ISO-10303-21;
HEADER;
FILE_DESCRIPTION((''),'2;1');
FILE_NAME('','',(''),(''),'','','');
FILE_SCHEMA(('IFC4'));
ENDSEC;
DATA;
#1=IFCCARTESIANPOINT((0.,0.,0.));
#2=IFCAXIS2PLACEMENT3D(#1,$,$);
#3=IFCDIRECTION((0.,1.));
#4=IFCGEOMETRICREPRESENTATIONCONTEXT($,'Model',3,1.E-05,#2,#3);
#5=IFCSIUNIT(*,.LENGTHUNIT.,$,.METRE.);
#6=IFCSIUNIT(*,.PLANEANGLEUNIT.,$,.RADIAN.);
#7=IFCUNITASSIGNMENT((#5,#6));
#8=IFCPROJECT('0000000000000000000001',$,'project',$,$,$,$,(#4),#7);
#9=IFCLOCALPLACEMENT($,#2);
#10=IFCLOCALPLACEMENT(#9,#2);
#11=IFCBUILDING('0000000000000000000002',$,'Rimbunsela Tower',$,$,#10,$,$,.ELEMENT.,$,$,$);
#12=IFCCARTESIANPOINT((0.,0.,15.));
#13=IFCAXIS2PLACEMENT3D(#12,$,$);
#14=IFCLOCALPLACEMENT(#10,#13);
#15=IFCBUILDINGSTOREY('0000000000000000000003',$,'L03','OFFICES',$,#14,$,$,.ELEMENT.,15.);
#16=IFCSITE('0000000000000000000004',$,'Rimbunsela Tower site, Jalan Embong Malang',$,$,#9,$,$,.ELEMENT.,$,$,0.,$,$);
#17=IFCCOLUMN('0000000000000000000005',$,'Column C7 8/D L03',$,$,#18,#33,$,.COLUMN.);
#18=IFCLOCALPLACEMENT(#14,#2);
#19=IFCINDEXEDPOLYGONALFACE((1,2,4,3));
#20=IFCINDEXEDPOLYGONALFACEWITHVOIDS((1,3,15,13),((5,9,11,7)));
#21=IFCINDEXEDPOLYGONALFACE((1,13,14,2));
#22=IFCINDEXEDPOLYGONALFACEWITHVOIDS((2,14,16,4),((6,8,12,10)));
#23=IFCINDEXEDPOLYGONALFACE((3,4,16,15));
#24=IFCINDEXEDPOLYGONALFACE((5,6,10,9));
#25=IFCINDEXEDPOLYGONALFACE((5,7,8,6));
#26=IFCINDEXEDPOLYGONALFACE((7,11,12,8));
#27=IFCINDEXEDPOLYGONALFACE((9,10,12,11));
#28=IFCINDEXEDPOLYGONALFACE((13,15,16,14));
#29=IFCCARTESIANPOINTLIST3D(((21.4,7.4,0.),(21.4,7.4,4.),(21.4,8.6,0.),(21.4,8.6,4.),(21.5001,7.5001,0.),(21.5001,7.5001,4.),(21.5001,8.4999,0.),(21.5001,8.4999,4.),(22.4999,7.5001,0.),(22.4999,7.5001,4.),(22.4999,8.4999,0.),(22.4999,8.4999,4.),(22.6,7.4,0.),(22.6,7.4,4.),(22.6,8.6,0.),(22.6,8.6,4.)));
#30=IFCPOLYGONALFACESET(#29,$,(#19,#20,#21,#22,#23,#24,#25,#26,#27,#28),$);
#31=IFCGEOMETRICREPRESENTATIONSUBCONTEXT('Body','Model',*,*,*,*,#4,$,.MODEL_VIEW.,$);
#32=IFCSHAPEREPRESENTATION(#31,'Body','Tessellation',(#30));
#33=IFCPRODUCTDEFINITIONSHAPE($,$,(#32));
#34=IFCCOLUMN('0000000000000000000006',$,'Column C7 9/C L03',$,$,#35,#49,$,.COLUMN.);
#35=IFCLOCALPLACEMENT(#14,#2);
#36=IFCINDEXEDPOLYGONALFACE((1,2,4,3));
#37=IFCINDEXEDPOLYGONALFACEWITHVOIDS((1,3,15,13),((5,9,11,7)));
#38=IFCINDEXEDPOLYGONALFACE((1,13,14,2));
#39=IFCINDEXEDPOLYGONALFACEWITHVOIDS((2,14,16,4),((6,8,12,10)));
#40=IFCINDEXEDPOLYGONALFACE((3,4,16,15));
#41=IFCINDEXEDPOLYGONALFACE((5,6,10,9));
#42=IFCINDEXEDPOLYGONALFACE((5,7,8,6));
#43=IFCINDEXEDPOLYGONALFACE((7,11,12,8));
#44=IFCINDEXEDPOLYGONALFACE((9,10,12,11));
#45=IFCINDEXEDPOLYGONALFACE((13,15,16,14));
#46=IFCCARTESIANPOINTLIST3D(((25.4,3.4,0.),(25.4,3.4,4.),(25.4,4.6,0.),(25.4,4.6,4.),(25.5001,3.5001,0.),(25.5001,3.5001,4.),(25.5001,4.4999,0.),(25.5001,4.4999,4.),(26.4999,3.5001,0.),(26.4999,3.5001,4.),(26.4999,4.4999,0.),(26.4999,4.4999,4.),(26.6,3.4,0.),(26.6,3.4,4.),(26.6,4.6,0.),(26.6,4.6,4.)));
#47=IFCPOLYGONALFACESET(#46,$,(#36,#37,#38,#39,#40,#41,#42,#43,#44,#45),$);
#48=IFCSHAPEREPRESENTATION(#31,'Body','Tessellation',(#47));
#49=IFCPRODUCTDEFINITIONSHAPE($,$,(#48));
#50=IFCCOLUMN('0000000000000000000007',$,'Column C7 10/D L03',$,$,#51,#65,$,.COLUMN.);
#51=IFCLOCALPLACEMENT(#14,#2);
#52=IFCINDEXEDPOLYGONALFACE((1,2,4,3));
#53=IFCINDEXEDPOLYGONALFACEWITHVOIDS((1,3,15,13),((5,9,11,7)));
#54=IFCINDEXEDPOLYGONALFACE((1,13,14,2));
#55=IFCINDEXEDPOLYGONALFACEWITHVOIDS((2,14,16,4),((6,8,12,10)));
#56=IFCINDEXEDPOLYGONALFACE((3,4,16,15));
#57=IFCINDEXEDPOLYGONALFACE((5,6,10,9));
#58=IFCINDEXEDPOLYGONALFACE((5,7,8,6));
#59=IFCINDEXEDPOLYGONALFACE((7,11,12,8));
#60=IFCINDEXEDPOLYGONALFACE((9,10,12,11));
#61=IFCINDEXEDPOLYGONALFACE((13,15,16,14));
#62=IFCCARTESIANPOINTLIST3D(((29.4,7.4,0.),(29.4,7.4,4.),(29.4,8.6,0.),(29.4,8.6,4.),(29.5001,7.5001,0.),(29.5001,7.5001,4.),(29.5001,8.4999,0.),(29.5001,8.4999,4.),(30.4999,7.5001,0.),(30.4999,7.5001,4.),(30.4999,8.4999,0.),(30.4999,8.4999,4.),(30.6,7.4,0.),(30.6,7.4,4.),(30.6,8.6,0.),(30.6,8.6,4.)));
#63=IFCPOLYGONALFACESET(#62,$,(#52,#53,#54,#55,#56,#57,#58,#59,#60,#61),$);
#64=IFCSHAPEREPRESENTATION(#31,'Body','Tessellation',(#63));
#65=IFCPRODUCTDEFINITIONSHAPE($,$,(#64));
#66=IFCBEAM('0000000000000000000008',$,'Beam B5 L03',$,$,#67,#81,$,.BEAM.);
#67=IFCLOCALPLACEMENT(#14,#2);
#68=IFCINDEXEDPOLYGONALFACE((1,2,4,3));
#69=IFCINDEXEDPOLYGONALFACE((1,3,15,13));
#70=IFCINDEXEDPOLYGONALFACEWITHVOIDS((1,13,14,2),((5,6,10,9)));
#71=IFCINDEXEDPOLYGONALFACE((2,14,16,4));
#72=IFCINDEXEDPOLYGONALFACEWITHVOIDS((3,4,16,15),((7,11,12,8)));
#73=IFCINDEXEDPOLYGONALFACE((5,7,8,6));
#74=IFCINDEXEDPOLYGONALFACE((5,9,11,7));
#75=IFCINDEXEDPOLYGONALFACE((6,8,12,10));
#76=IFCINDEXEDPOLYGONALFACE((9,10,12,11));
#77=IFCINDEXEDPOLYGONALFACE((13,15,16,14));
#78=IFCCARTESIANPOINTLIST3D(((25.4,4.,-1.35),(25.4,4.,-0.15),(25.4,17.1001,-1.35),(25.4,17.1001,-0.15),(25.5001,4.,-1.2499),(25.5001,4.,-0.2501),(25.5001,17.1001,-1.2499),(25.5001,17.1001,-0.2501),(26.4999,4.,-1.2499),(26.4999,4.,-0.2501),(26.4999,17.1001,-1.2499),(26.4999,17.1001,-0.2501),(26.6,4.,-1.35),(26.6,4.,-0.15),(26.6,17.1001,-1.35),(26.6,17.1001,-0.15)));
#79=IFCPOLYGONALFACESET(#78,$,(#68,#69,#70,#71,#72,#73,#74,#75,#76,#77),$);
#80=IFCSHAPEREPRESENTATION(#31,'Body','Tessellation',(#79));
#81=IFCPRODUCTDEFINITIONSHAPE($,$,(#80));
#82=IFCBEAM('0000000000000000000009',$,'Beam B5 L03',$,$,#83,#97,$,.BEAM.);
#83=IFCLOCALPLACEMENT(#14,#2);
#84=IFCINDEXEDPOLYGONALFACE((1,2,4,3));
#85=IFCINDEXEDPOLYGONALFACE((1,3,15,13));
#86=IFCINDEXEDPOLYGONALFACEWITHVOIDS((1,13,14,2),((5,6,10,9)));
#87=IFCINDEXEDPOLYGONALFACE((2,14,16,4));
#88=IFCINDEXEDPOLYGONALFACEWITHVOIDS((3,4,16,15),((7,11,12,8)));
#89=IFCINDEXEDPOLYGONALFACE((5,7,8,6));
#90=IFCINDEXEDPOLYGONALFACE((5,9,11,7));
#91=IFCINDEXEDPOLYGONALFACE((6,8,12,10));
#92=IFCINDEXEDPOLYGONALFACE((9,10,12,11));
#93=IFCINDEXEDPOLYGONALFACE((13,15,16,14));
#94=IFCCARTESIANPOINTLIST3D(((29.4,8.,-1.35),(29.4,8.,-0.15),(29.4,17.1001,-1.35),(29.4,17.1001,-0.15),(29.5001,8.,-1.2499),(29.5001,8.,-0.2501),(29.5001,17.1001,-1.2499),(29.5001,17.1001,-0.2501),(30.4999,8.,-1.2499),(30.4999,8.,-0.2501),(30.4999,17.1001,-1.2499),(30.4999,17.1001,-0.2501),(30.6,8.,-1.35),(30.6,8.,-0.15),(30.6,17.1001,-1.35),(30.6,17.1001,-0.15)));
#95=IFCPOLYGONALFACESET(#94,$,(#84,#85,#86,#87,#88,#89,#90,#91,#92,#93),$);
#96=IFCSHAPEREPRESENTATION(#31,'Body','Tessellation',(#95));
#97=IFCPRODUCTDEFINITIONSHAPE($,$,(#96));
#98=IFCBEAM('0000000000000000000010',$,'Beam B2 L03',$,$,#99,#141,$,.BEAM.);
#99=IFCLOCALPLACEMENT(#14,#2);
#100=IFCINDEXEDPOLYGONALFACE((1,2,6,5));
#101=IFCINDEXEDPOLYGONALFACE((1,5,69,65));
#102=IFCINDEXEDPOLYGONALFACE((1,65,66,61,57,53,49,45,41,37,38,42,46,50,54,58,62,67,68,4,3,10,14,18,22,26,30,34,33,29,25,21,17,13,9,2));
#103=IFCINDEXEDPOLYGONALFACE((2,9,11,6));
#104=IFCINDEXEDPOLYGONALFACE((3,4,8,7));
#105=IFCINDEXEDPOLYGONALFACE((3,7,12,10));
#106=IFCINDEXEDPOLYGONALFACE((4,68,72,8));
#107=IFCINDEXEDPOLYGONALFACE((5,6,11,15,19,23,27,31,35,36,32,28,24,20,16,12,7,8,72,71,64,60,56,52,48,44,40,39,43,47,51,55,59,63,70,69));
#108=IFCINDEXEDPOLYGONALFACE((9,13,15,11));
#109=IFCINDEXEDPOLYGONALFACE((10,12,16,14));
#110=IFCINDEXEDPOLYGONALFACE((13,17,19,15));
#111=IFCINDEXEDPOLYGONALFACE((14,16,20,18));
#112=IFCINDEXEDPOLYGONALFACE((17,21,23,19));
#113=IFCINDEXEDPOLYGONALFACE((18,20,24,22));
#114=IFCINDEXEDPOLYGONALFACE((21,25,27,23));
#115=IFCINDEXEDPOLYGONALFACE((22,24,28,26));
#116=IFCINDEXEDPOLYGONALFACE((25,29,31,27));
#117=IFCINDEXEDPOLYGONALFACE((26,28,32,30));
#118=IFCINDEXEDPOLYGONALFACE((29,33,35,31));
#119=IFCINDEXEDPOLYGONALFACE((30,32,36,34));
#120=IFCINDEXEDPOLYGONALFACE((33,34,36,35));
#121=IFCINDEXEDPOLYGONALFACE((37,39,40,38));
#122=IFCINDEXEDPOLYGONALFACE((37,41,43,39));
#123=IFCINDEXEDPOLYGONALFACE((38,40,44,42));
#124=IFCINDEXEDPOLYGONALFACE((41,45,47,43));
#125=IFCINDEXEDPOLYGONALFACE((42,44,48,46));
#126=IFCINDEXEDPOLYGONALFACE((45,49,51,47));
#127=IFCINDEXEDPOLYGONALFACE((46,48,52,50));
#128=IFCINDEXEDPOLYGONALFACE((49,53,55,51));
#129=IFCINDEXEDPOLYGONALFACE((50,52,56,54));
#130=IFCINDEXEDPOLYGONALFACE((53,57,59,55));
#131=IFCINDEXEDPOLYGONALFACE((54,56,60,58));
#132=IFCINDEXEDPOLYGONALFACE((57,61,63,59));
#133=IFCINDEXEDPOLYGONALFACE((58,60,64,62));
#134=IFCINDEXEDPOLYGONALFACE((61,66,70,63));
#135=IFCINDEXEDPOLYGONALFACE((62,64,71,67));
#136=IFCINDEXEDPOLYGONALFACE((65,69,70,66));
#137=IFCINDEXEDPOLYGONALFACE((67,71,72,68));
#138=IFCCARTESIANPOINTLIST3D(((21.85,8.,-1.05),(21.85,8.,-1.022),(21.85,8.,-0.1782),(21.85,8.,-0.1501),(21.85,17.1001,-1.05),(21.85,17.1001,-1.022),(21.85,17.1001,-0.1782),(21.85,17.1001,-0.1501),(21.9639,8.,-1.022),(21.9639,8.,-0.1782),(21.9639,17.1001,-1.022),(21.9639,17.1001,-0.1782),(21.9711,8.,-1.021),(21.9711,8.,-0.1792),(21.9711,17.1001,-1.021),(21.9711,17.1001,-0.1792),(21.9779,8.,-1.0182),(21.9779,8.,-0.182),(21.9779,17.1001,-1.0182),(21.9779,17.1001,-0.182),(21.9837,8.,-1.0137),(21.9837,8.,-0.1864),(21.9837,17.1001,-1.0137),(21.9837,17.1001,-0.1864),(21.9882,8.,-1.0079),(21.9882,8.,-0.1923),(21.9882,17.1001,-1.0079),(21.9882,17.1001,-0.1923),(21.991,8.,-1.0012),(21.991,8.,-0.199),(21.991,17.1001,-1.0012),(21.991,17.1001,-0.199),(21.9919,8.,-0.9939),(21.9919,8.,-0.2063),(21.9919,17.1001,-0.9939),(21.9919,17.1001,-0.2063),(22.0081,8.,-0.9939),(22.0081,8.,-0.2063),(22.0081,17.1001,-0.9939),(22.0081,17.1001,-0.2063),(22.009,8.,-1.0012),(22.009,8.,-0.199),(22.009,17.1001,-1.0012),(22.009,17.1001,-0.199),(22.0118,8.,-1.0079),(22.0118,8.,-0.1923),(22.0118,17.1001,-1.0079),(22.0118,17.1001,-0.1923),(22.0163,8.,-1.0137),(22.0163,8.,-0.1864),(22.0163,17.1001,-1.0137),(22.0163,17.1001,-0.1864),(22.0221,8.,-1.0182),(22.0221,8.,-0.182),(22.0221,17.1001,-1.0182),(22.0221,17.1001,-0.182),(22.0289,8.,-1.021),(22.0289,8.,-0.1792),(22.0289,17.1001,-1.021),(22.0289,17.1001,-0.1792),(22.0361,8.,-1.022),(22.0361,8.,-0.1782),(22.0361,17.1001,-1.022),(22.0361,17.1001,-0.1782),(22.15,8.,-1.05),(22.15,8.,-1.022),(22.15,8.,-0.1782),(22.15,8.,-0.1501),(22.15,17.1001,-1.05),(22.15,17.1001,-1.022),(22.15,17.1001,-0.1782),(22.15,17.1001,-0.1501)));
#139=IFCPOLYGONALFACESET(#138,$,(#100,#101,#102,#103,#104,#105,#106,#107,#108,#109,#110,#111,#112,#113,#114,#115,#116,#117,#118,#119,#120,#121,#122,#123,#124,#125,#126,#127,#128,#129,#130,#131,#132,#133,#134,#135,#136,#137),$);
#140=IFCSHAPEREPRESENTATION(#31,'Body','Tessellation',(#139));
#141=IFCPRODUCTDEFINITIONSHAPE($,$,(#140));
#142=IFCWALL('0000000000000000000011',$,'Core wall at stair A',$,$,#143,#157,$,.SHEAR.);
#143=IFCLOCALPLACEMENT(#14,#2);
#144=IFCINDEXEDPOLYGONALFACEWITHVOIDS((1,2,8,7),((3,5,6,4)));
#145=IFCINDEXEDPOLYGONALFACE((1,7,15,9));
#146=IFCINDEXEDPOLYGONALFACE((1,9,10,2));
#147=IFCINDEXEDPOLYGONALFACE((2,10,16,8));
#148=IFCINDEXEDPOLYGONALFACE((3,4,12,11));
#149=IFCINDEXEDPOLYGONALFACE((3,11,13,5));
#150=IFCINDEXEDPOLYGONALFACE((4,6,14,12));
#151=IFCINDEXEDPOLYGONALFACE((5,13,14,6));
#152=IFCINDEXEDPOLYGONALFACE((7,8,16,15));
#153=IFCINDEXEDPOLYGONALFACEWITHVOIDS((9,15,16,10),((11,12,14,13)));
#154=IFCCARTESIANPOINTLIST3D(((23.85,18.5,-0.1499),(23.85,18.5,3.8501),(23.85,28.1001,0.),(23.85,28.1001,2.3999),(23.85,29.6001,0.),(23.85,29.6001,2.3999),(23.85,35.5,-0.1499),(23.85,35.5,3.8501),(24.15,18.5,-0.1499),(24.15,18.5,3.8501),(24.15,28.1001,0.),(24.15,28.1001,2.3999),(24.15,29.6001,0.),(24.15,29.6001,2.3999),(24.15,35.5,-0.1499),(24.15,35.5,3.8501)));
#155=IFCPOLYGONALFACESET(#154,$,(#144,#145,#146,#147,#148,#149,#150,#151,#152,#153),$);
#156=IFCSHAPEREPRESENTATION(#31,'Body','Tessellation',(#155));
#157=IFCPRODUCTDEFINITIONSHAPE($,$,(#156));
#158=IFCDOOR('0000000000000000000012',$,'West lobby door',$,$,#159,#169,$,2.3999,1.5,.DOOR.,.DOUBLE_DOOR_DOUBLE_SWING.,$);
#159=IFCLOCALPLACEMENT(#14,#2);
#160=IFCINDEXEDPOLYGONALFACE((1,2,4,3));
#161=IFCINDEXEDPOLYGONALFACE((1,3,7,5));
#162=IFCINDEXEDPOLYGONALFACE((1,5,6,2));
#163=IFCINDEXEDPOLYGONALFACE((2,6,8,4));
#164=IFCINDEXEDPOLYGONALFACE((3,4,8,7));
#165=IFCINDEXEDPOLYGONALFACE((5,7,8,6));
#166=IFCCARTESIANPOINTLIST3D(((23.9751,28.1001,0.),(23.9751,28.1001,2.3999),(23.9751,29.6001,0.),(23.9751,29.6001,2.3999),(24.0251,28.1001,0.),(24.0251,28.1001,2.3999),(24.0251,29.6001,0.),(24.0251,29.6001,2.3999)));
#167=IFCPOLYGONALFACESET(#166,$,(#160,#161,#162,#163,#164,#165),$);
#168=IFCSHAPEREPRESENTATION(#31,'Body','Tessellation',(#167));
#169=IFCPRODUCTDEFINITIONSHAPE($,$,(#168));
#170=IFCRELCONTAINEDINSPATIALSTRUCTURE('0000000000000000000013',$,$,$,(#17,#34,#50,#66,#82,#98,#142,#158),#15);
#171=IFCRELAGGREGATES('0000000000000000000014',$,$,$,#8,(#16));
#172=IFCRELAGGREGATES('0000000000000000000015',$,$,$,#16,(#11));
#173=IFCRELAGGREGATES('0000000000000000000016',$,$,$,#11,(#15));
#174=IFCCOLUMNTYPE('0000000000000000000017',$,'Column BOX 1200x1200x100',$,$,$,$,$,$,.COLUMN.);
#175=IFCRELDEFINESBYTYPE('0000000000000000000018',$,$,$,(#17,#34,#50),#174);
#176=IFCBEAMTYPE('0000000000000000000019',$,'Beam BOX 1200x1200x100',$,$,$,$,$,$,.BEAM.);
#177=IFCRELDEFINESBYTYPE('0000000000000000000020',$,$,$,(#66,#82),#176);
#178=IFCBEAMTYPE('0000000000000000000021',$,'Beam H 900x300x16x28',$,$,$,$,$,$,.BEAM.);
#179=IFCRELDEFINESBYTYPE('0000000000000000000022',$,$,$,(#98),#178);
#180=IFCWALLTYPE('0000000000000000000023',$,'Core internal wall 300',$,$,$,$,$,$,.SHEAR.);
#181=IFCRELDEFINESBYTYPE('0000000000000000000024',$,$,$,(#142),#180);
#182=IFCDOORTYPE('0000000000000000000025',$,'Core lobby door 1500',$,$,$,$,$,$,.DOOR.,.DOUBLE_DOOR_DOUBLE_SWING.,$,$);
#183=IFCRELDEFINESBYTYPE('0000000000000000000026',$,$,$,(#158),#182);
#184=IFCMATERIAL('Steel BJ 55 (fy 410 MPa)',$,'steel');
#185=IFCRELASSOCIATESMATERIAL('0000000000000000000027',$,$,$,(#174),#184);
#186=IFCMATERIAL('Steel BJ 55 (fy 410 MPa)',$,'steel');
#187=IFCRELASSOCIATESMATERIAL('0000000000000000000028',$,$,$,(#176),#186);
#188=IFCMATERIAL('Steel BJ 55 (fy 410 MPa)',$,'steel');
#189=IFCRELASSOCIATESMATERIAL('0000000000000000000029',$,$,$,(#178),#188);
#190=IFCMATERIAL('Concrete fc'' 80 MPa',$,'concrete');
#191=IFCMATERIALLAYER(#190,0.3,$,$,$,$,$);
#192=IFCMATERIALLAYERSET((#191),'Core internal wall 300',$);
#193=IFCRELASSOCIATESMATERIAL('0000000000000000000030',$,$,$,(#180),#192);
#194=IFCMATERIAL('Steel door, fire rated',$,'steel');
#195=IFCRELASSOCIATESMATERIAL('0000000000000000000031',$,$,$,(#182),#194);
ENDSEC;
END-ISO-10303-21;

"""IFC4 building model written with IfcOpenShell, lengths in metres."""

from ifc_helpers import new_model, si_unit, direction, frame, frame_2d, origin, origin_2d, place, context, subcontext, project, spatial, rectangle, hollow_rectangle, i_section, extrude, material, layer, layer_set, material_profile, profile_set, type_object, element, fill, save


model = new_model("IFC4")

# Units and contexts
model_context = context("Model", 3, precision=1e-05, world=origin(), true_north=direction((0.0, 1.0)))
body_context = subcontext(model_context, "Body", "Model", "MODEL_VIEW")
ifc_project = project(units=[si_unit("LENGTHUNIT", "METRE"), si_unit("PLANEANGLEUNIT", "RADIAN")], contexts=[model_context])

# Site, building, storey
site_placement = place(None, origin())
site = spatial("IfcSite", under=ifc_project, at=site_placement, Name="Rimbunsela Tower site, Jalan Embong Malang", CompositionType="ELEMENT", RefElevation=0.0)
building_placement = place(site_placement, origin())
building = spatial("IfcBuilding", under=site, at=building_placement, Name="Rimbunsela Tower", CompositionType="ELEMENT")
storey_placement = place(building_placement, frame((0.0, 0.0, 15.0)))
storey = spatial("IfcBuildingStorey", under=building, at=storey_placement, Name="L03", Description="OFFICES", CompositionType="ELEMENT", Elevation=15.0)

# Columns
ifc_material_1 = material(Name="Steel BJ 55 (fy 410 MPa)", Category="steel")
ifc_material_profile_1 = material_profile(ifc_material_1, hollow_rectangle(XDim=1.2, YDim=1.2, WallThickness=0.1001, at=origin_2d()), Name="BOX 1200x1200x100")
ifc_profile_set_1 = profile_set([ifc_material_profile_1], Name="Steel BJ 55 (fy 410 MPa)")
column_type = type_object("IfcColumnType", Name="Column BOX 1200x1200x100", PredefinedType="COLUMN", material=ifc_profile_set_1)
for number, where, z_axis, x_axis, name in (
    (1, (22.0, 8.0, 0.0), (0.0, 0.0, 1.0), (1.0, 0.0, 0.0), "Column C7 8/D L03"),
    (2, (26.0, 4.0, 0.0), (0.0, 0.0, 1.0), (1.0, 0.0, 0.0), "Column C7 9/C L03"),
    (3, (30.0, 8.0, 0.0), (0.0, 0.0, 1.0), (1.0, 0.0, 0.0), "Column C7 10/D L03"),
):
    element("IfcColumn", number, at=place(storey_placement, frame(where, z_axis=z_axis, x_axis=x_axis)), inside=storey, type_object=column_type, Name=name, PredefinedType="COLUMN", context=body_context, shape_type="SweptSolid", body=[
        extrude(hollow_rectangle(XDim=1.2, YDim=1.2, WallThickness=0.1001, at=origin_2d()), origin(), (0.0, 0.0, 1.0), 4.0),
    ])

# Beams
ifc_material_2 = material(Name="Steel BJ 55 (fy 410 MPa)", Category="steel")
ifc_material_profile_2 = material_profile(ifc_material_2, hollow_rectangle(XDim=1.2, YDim=1.2, WallThickness=0.1001, at=origin_2d()), Name="BOX 1200x1200x100")
ifc_profile_set_2 = profile_set([ifc_material_profile_2], Name="Steel BJ 55 (fy 410 MPa)")
beam_type_1 = type_object("IfcBeamType", Name="Beam BOX 1200x1200x100", PredefinedType="BEAM", material=ifc_profile_set_2)
beam_1_placement = place(storey_placement, frame((26.0, 4.0, -0.75), z_axis=(0.0, 1.0, 0.0), x_axis=(-1.0, 0.0, 0.0)))
element("IfcBeam", 4, at=beam_1_placement, inside=storey, type_object=beam_type_1, Name="Beam B5 L03", PredefinedType="BEAM", context=body_context, shape_type="SweptSolid", body=[
    extrude(hollow_rectangle(XDim=1.2, YDim=1.2, WallThickness=0.1001, at=origin_2d()), origin(), (0.0, 0.0, 1.0), 13.1001),
])
beam_2_placement = place(storey_placement, frame((30.0, 8.0, -0.75), z_axis=(0.0, 1.0, 0.0), x_axis=(-1.0, 0.0, 0.0)))
element("IfcBeam", 5, at=beam_2_placement, inside=storey, type_object=beam_type_1, Name="Beam B5 L03", PredefinedType="BEAM", context=body_context, shape_type="SweptSolid", body=[
    extrude(hollow_rectangle(XDim=1.2, YDim=1.2, WallThickness=0.1001, at=origin_2d()), origin(), (0.0, 0.0, 1.0), 9.1001),
])
ifc_material_3 = material(Name="Steel BJ 55 (fy 410 MPa)", Category="steel")
ifc_material_profile_3 = material_profile(ifc_material_3, i_section(OverallWidth=0.3, OverallDepth=0.8999, WebThickness=0.0161, FlangeThickness=0.0281, FilletRadius=0.0281, at=origin_2d()), Name="H 900x300x16x28")
ifc_profile_set_3 = profile_set([ifc_material_profile_3], Name="Steel BJ 55 (fy 410 MPa)")
beam_type_2 = type_object("IfcBeamType", Name="Beam H 900x300x16x28", PredefinedType="BEAM", material=ifc_profile_set_3)
beam_3_placement = place(storey_placement, frame((22.0, 8.0, -0.6001), z_axis=(0.0, 1.0, 0.0), x_axis=(-1.0, 0.0, 0.0)))
element("IfcBeam", 6, at=beam_3_placement, inside=storey, type_object=beam_type_2, Name="Beam B2 L03", PredefinedType="BEAM", context=body_context, shape_type="SweptSolid", body=[
    extrude(i_section(OverallWidth=0.3, OverallDepth=0.8999, WebThickness=0.0161, FlangeThickness=0.0281, FilletRadius=0.0281, at=origin_2d()), origin(), (0.0, 0.0, 1.0), 9.1001),
])

# Wall, opening, door
ifc_material_4 = material(Name="Concrete fc' 80 MPa", Category="concrete")
ifc_layer_1 = layer(ifc_material_4, 0.3)
ifc_layer_set_1 = layer_set([ifc_layer_1], Name="Core internal wall 300")
wall_type_1 = type_object("IfcWallType", Name="Core internal wall 300", PredefinedType="SHEAR", material=ifc_layer_set_1)
wall_1_placement = place(storey_placement, frame((24.0, 18.5, -0.1499), z_axis=(0.0, 0.0, 1.0), x_axis=(0.0, 1.0, 0.0)))
wall_1 = element("IfcWall", 7, at=wall_1_placement, inside=storey, type_object=wall_type_1, Name="Core wall at stair A", PredefinedType="SHEAR", context=body_context, shape_type="SweptSolid", body=[
    extrude(rectangle(XDim=17.0, YDim=0.3, at=frame_2d((8.5, 0.0))), origin(), (0.0, 0.0, 1.0), 4.0),
])
opening_1_placement = place(wall_1_placement, frame((9.6001, 0.0, 0.1499)))
opening_1 = element("IfcOpeningElement", 8, at=opening_1_placement, cuts=wall_1, PredefinedType="OPENING", context=body_context, shape_type="SweptSolid", body=[
    extrude(rectangle(XDim=1.5, YDim=2.3999, at=frame_2d((0.75, 1.2))), frame((0.0, 0.1599, 0.0), z_axis=(0.0, -1.0, 0.0), x_axis=(1.0, 0.0, 0.0)), (0.0, 0.0, 1.0), 0.3201),
])
ifc_material_5 = material(Name="Steel door, fire rated", Category="steel")
door_type_1 = type_object("IfcDoorType", Name="Core lobby door 1500", OperationType="DOUBLE_DOOR_DOUBLE_SWING", PredefinedType="DOOR", material=ifc_material_5)
door_1_placement = place(opening_1_placement, origin())
door_1 = element("IfcDoor", 9, at=door_1_placement, inside=storey, type_object=door_type_1, Name="West lobby door", OperationType="DOUBLE_DOOR_DOUBLE_SWING", OverallHeight=2.3999, OverallWidth=1.5, PredefinedType="DOOR", context=body_context, shape_type="SweptSolid", body=[
    extrude(rectangle(XDim=1.5, YDim=2.3999, at=frame_2d((0.75, 1.2))), frame((0.0, 0.0249, 0.0), z_axis=(0.0, -1.0, 0.0), x_axis=(1.0, 0.0, 0.0)), (0.0, 0.0, 1.0), 0.05),
])
fill(opening_1, door_1)

save(model, "model.ifc")
